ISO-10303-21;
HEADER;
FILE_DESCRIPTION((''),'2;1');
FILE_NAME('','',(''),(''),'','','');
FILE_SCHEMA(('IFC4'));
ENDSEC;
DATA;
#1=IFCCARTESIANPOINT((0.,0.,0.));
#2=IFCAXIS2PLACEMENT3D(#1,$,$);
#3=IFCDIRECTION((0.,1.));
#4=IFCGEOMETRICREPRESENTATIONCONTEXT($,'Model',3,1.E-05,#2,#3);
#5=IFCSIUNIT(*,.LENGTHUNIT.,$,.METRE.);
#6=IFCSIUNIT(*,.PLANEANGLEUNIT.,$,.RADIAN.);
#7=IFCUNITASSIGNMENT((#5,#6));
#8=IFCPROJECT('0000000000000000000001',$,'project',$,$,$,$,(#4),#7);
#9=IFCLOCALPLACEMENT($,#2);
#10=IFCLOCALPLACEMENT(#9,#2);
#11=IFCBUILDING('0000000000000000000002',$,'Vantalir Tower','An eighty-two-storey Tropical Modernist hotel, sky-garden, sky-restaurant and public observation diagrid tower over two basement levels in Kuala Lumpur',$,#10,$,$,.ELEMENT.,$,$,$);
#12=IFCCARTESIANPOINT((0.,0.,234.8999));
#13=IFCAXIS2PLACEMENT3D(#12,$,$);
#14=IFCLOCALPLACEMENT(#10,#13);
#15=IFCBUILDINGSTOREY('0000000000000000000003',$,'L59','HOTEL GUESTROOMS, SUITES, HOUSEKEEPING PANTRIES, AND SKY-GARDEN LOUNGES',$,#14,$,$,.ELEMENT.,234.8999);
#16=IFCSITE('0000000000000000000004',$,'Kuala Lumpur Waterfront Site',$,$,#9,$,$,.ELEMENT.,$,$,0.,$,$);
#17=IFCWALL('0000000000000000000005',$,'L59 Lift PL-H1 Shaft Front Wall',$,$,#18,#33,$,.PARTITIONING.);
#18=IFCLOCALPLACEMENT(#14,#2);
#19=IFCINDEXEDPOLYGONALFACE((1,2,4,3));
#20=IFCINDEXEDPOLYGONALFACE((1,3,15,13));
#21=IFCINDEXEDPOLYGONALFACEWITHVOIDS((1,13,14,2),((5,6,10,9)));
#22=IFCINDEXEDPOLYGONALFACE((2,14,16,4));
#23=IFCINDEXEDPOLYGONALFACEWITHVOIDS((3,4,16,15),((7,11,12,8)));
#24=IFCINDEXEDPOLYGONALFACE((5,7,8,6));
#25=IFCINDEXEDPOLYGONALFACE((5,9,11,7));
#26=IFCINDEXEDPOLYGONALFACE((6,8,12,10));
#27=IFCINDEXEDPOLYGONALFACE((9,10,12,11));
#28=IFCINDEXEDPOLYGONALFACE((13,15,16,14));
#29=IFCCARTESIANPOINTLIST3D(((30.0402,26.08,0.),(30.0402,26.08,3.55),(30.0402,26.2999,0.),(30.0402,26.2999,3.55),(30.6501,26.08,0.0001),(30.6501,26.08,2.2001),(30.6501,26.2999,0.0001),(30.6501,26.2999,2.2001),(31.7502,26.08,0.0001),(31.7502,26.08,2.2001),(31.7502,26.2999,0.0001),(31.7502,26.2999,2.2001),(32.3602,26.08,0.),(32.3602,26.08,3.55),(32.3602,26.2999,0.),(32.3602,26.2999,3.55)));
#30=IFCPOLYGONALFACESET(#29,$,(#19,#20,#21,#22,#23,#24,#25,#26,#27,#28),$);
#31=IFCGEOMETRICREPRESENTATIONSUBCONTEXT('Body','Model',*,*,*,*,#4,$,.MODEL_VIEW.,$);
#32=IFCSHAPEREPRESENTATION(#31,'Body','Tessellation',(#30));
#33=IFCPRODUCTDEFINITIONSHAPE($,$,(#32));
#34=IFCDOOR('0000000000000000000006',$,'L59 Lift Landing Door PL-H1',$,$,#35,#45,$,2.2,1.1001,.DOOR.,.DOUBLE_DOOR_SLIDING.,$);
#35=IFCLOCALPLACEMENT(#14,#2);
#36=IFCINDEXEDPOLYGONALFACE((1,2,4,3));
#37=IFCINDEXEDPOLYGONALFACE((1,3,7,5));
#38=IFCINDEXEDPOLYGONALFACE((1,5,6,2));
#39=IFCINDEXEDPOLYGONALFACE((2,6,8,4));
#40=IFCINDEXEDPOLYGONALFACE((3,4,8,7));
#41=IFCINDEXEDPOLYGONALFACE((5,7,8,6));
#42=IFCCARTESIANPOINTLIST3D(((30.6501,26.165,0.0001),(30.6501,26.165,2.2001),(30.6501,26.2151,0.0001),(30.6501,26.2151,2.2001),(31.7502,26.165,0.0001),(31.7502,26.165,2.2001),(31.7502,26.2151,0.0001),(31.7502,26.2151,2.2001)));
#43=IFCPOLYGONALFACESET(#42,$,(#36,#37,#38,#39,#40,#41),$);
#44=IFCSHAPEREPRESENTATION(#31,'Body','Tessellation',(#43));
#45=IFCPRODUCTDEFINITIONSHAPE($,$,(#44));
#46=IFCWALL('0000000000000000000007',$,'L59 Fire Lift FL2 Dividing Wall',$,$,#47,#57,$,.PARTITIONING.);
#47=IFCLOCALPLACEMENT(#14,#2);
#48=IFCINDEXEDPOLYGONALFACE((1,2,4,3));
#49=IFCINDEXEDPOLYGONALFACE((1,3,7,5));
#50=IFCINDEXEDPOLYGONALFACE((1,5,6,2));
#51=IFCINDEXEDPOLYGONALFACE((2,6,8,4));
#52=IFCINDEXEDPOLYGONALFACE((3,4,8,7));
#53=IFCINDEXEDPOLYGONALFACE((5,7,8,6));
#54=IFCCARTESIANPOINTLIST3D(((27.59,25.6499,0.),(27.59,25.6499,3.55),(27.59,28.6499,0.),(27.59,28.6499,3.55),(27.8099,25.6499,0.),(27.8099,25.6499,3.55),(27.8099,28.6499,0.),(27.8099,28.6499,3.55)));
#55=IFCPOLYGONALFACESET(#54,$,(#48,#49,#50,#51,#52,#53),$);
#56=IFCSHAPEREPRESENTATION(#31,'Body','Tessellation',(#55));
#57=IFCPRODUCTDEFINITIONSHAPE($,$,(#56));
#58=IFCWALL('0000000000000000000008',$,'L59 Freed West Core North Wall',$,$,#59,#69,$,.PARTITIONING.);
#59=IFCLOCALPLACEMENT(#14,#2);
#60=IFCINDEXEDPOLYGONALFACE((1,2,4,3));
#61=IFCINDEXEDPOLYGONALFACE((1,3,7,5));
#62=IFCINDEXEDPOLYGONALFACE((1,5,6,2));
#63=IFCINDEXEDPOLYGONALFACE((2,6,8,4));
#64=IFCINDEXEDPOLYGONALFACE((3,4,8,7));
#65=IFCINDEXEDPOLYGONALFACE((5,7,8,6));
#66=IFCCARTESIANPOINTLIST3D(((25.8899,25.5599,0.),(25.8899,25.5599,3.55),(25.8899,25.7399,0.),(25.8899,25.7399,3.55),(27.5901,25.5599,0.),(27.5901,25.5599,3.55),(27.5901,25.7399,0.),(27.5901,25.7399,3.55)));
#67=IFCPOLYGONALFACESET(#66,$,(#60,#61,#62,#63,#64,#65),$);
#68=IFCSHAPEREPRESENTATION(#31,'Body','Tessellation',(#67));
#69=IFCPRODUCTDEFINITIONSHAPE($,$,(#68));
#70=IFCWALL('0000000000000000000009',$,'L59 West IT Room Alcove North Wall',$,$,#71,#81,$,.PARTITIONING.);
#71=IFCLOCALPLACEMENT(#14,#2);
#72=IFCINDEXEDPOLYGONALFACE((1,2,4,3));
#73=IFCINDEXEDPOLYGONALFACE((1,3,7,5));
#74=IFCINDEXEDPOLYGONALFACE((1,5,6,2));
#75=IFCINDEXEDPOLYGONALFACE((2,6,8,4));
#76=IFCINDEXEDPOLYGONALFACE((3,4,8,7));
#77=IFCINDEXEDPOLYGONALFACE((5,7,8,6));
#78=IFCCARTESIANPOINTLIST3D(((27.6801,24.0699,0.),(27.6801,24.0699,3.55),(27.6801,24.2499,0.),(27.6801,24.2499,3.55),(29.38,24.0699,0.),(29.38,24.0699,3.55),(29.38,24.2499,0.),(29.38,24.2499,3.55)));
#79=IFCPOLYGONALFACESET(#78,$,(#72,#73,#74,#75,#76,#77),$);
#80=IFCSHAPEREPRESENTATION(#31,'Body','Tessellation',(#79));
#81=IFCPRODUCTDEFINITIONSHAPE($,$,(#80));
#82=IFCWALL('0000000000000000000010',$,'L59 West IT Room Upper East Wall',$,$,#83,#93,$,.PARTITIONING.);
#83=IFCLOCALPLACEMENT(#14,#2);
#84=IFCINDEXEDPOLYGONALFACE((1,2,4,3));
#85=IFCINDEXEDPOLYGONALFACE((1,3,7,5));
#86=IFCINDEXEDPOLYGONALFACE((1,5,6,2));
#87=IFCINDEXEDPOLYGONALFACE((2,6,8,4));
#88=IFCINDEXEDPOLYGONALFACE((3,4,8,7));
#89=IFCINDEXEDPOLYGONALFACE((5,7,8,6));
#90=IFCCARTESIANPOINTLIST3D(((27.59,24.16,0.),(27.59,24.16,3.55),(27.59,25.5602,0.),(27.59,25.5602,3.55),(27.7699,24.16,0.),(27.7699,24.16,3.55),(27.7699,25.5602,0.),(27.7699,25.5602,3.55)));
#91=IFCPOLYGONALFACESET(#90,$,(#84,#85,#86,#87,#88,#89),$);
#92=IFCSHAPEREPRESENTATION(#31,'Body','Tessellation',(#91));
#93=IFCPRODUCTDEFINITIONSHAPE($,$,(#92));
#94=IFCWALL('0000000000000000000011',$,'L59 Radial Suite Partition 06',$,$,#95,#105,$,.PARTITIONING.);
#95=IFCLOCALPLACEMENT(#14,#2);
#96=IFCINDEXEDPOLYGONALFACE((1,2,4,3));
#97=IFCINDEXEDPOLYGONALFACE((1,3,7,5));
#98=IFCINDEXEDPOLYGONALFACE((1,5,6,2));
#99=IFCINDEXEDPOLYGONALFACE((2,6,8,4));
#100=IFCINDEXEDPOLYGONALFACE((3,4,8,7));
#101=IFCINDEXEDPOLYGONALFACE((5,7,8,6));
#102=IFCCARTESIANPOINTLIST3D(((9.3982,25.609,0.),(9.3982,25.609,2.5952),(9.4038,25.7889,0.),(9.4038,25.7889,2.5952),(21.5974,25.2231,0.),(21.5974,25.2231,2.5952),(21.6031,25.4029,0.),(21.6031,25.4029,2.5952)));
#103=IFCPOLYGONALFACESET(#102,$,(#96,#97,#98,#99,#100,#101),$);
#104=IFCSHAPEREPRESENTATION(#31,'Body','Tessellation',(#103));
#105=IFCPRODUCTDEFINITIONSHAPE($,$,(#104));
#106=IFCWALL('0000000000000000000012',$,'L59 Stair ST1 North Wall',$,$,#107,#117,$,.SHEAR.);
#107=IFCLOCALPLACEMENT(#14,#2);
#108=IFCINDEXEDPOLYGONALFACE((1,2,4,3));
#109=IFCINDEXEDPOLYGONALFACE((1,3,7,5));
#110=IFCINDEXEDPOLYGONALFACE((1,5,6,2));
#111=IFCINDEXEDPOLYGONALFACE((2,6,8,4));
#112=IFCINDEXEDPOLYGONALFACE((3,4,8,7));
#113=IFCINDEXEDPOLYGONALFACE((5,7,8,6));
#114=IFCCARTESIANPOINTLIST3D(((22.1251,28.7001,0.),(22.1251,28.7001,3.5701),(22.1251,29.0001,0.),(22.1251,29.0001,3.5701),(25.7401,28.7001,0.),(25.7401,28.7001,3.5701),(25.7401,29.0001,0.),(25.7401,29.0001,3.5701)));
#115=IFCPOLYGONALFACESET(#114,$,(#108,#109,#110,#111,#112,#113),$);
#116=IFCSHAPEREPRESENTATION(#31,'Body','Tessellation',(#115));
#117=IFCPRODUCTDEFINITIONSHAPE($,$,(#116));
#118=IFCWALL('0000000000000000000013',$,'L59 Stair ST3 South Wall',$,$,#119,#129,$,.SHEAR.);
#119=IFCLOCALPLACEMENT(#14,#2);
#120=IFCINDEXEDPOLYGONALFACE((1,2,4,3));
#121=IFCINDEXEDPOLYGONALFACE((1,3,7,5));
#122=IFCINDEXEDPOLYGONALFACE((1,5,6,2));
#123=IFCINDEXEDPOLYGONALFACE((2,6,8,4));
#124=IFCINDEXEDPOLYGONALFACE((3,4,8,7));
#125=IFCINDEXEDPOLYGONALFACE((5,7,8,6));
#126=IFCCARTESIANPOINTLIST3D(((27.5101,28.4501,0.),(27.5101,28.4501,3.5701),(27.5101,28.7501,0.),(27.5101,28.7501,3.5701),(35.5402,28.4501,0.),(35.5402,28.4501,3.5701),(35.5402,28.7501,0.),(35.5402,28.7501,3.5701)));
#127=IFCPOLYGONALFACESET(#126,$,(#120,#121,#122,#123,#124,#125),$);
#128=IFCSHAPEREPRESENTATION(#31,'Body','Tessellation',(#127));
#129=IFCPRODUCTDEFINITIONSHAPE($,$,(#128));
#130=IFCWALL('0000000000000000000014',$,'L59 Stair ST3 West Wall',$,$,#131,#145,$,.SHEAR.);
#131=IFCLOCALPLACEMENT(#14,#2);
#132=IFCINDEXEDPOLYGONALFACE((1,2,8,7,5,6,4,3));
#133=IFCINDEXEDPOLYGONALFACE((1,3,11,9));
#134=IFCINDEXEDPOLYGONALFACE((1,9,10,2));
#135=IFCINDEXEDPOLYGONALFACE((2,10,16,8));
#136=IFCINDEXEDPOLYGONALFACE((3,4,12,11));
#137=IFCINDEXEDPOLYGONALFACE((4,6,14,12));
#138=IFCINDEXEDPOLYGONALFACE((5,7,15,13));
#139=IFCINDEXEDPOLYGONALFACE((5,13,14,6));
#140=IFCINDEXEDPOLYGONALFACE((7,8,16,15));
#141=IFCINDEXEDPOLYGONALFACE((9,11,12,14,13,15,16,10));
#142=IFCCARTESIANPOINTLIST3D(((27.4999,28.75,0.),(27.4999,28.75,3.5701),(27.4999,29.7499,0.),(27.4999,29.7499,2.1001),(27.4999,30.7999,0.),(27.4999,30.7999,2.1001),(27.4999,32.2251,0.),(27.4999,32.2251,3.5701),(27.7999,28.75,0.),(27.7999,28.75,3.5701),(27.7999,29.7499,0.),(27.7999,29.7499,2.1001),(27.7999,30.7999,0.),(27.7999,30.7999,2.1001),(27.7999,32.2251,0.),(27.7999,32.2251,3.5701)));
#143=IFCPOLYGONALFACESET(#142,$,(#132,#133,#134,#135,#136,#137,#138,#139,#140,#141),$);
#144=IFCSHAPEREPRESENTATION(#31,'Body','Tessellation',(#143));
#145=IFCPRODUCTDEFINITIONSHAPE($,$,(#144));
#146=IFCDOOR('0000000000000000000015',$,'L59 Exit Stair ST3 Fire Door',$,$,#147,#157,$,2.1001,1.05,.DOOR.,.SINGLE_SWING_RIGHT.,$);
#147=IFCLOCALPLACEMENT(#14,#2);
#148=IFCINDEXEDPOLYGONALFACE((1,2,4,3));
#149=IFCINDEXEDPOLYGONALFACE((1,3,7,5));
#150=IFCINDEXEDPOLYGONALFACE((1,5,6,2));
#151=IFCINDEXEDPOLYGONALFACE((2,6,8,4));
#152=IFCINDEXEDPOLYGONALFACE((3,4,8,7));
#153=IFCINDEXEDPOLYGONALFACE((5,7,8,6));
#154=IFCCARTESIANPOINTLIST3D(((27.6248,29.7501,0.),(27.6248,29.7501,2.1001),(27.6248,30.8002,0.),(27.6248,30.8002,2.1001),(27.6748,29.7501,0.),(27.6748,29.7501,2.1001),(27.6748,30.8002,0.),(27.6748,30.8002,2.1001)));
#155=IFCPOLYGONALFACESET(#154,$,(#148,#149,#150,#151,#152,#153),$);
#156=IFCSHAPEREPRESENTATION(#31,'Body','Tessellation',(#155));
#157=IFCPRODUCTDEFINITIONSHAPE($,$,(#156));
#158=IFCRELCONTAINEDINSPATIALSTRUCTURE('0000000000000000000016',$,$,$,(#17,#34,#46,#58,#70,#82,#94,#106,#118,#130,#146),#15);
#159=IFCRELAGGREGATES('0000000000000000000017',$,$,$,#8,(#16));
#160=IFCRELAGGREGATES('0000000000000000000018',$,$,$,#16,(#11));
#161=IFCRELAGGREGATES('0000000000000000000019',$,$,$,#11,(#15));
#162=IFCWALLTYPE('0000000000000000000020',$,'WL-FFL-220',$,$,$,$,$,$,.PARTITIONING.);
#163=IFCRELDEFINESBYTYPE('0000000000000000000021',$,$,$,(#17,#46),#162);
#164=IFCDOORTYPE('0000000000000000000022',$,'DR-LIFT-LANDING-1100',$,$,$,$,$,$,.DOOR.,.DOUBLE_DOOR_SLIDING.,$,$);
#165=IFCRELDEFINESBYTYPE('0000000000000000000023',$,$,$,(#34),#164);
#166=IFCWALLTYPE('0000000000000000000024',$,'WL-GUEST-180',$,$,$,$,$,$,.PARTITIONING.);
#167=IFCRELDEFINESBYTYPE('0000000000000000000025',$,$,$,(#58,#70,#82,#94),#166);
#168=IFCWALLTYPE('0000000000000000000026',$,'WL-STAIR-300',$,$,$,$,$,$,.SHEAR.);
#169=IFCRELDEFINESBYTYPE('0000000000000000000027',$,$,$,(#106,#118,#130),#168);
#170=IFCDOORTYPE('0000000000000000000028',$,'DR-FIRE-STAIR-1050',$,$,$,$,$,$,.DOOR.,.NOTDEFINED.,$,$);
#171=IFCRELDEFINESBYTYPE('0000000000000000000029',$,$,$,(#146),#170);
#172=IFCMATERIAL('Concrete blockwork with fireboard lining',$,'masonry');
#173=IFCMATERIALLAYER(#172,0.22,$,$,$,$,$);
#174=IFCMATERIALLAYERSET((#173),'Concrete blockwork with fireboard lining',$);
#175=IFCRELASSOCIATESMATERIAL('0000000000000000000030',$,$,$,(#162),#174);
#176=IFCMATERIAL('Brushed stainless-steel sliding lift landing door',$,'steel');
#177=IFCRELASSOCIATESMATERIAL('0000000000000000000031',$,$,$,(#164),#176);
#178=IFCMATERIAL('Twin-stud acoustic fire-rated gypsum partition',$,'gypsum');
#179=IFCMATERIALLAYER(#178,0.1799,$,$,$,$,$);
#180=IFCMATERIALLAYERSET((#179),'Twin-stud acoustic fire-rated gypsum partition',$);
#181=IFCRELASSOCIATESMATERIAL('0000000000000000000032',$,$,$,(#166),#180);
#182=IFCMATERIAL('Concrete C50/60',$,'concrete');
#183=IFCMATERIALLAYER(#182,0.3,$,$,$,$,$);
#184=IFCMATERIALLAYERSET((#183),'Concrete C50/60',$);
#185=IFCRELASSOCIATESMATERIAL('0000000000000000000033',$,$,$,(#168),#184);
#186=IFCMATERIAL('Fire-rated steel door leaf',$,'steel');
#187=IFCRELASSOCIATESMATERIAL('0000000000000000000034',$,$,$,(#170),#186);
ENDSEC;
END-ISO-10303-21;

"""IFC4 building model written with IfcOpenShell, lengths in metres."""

from ifc_helpers import new_model, si_unit, direction, frame, frame_2d, origin, place, context, subcontext, project, spatial, rectangle, extrude, material, layer, layer_set, type_object, element, fill, save


model = new_model("IFC4")

# Units and contexts
model_context = context("Model", 3, precision=1e-05, world=origin(), true_north=direction((0.0, 1.0)))
body_context = subcontext(model_context, "Body", "Model", "MODEL_VIEW")
ifc_project = project(units=[si_unit("LENGTHUNIT", "METRE"), si_unit("PLANEANGLEUNIT", "RADIAN")], contexts=[model_context])

# Site, building, storey
site_placement = place(None, origin())
site = spatial("IfcSite", under=ifc_project, at=site_placement, Name="Kuala Lumpur Waterfront Site", CompositionType="ELEMENT", RefElevation=0.0)
building_placement = place(site_placement, origin())
building = spatial("IfcBuilding", under=site, at=building_placement, Name="Vantalir Tower", Description="An eighty-two-storey Tropical Modernist hotel, sky-garden, sky-restaurant and public observation diagrid tower over two basement levels in Kuala Lumpur", CompositionType="ELEMENT")
storey_placement = place(building_placement, frame((0.0, 0.0, 234.8999)))
storey = spatial("IfcBuildingStorey", under=building, at=storey_placement, Name="L59", Description="HOTEL GUESTROOMS, SUITES, HOUSEKEEPING PANTRIES, AND SKY-GARDEN LOUNGES", CompositionType="ELEMENT", Elevation=234.8999)

# Shared definitions
ifc_material_1 = material(Name="Concrete C50/60", Category="concrete")

# Shared definitions
ifc_material_2 = material(Name="Concrete blockwork with fireboard lining", Category="masonry")
ifc_layer_1 = layer(ifc_material_2, 0.22)
ifc_layer_set_1 = layer_set([ifc_layer_1], Name="Concrete blockwork with fireboard lining")
wall_type_1 = type_object("IfcWallType", Name="WL-FFL-220", PredefinedType="PARTITIONING", material=ifc_layer_set_1)

# Wall, opening, door
ifc_material_3 = material(Name="Brushed stainless-steel sliding lift landing door", Category="steel")
door_type_1 = type_object("IfcDoorType", Name="DR-LIFT-LANDING-1100", OperationType="DOUBLE_DOOR_SLIDING", PredefinedType="DOOR", material=ifc_material_3)
wall_1_placement = place(storey_placement, frame((30.04, 26.1899, 0.0), z_axis=(0.0, 0.0, 1.0), x_axis=(1.0, 0.0, 0.0)))
wall_1 = element("IfcWall", 1, at=wall_1_placement, inside=storey, type_object=wall_type_1, Name="L59 Lift PL-H1 Shaft Front Wall", PredefinedType="PARTITIONING", context=body_context, shape_type="SweptSolid", body=[
    extrude(rectangle(XDim=2.3201, YDim=0.22, at=frame_2d((1.1602, 0.0))), origin(), (0.0, 0.0, 1.0), 3.55),
])
opening_1_placement = place(wall_1_placement, frame((0.6101, 0.0, 0.0)))
opening_1 = element("IfcOpeningElement", 2, at=opening_1_placement, cuts=wall_1, PredefinedType="OPENING", context=body_context, shape_type="SweptSolid", body=[
    extrude(rectangle(XDim=1.1001, YDim=2.2, at=frame_2d((0.55, 1.1001))), frame((0.0, 0.1199, 0.0), z_axis=(0.0, -1.0, 0.0), x_axis=(1.0, 0.0, 0.0)), (0.0, 0.0, 1.0), 0.24),
])
door_1_placement = place(opening_1_placement, frame((1.1001, 0.0, 0.0), z_axis=(0.0, 0.0, 1.0), x_axis=(-1.0, 0.0, 0.0)))
door_1 = element("IfcDoor", 3, at=door_1_placement, inside=storey, type_object=door_type_1, Name="L59 Lift Landing Door PL-H1", OperationType="DOUBLE_DOOR_SLIDING", OverallHeight=2.2, OverallWidth=1.1001, PredefinedType="DOOR", context=body_context, shape_type="SweptSolid", body=[
    extrude(rectangle(XDim=1.1001, YDim=2.2, at=frame_2d((0.55, 1.1001))), frame((0.0, 0.0249, 0.0), z_axis=(0.0, -1.0, 0.0), x_axis=(1.0, 0.0, 0.0)), (0.0, 0.0, 1.0), 0.05),
])
fill(opening_1, door_1)

# Walls
wall_2_placement = place(storey_placement, frame((27.7, 25.6499, 0.0), z_axis=(0.0, 0.0, 1.0), x_axis=(0.0, 1.0, 0.0)))
element("IfcWall", 4, at=wall_2_placement, inside=storey, type_object=wall_type_1, Name="L59 Fire Lift FL2 Dividing Wall", PredefinedType="PARTITIONING", context=body_context, shape_type="SweptSolid", body=[
    extrude(rectangle(XDim=3.0, YDim=0.22, at=frame_2d((1.5, 0.0))), origin(), (0.0, 0.0, 1.0), 3.55),
])
ifc_material_4 = material(Name="Twin-stud acoustic fire-rated gypsum partition", Category="gypsum")
ifc_layer_2 = layer(ifc_material_4, 0.1799)
ifc_layer_set_2 = layer_set([ifc_layer_2], Name="Twin-stud acoustic fire-rated gypsum partition")
wall_type_2 = type_object("IfcWallType", Name="WL-GUEST-180", PredefinedType="PARTITIONING", material=ifc_layer_set_2)
wall_3_placement = place(storey_placement, frame((25.8899, 25.6499, 0.0), z_axis=(0.0, 0.0, 1.0), x_axis=(1.0, 0.0, 0.0)))
element("IfcWall", 5, at=wall_3_placement, inside=storey, type_object=wall_type_2, Name="L59 Freed West Core North Wall", PredefinedType="PARTITIONING", context=body_context, shape_type="SweptSolid", body=[
    extrude(rectangle(XDim=1.7002, YDim=0.1799, at=frame_2d((0.8501, 0.0))), origin(), (0.0, 0.0, 1.0), 3.55),
])
wall_4_placement = place(storey_placement, frame((27.6799, 24.1599, 0.0), z_axis=(0.0, 0.0, 1.0), x_axis=(1.0, 0.0, 0.0)))
element("IfcWall", 6, at=wall_4_placement, inside=storey, type_object=wall_type_2, Name="L59 West IT Room Alcove North Wall", PredefinedType="PARTITIONING", context=body_context, shape_type="SweptSolid", body=[
    extrude(rectangle(XDim=1.7, YDim=0.1799, at=frame_2d((0.8501, 0.0))), origin(), (0.0, 0.0, 1.0), 3.55),
])
wall_5_placement = place(storey_placement, frame((27.6799, 24.1599, 0.0), z_axis=(0.0, 0.0, 1.0), x_axis=(0.0, 1.0, 0.0)))
element("IfcWall", 7, at=wall_5_placement, inside=storey, type_object=wall_type_2, Name="L59 West IT Room Upper East Wall", PredefinedType="PARTITIONING", context=body_context, shape_type="SweptSolid", body=[
    extrude(rectangle(XDim=1.4001, YDim=0.1799, at=frame_2d((0.7002, 0.0))), origin(), (0.0, 0.0, 1.0), 3.55),
])
wall_6_placement = place(storey_placement, frame((21.6001, 25.313, 0.0), z_axis=(0.0, 0.0, 1.0), x_axis=(-0.9995, 0.031624, 0.0)))
element("IfcWall", 8, at=wall_6_placement, inside=storey, type_object=wall_type_2, Name="L59 Radial Suite Partition 06", PredefinedType="PARTITIONING", context=body_context, shape_type="SweptSolid", body=[
    extrude(rectangle(XDim=12.2053, YDim=0.1799, at=frame_2d((6.1025, 0.0))), origin(), (0.0, 0.0, 1.0), 2.5952),
])
ifc_layer_3 = layer(ifc_material_1, 0.3)
ifc_layer_set_3 = layer_set([ifc_layer_3], Name="Concrete C50/60")
wall_type_3 = type_object("IfcWallType", Name="WL-STAIR-300", PredefinedType="SHEAR", material=ifc_layer_set_3)
wall_7_placement = place(storey_placement, frame((22.125, 28.8501, 0.0), z_axis=(0.0, 0.0, 1.0), x_axis=(1.0, 0.0, 0.0)))
element("IfcWall", 9, at=wall_7_placement, inside=storey, type_object=wall_type_3, Name="L59 Stair ST1 North Wall", PredefinedType="SHEAR", context=body_context, shape_type="SweptSolid", body=[
    extrude(rectangle(XDim=3.615, YDim=0.3, at=frame_2d((1.8076, 0.0))), origin(), (0.0, 0.0, 1.0), 3.5701),
])
wall_8_placement = place(storey_placement, frame((27.51, 28.6001, 0.0), z_axis=(0.0, 0.0, 1.0), x_axis=(1.0, 0.0, 0.0)))
element("IfcWall", 10, at=wall_8_placement, inside=storey, type_object=wall_type_3, Name="L59 Stair ST3 South Wall", PredefinedType="SHEAR", context=body_context, shape_type="SweptSolid", body=[
    extrude(rectangle(XDim=8.03, YDim=0.3, at=frame_2d((4.0151, 0.0))), origin(), (0.0, 0.0, 1.0), 3.5701),
])

# Wall, opening, door
wall_9_placement = place(storey_placement, frame((27.6499, 28.75, 0.0), z_axis=(0.0, 0.0, 1.0), x_axis=(0.0, 1.0, 0.0)))
wall_9 = element("IfcWall", 11, at=wall_9_placement, inside=storey, type_object=wall_type_3, Name="L59 Stair ST3 West Wall", PredefinedType="SHEAR", context=body_context, shape_type="SweptSolid", body=[
    extrude(rectangle(XDim=3.4751, YDim=0.3, at=frame_2d((1.7375, 0.0))), origin(), (0.0, 0.0, 1.0), 3.5701),
])
opening_2_placement = place(wall_9_placement, frame((1.0, 0.0, 0.0)))
opening_2 = element("IfcOpeningElement", 12, at=opening_2_placement, cuts=wall_9, PredefinedType="OPENING", context=body_context, shape_type="SweptSolid", body=[
    extrude(rectangle(XDim=1.05, YDim=2.1001, at=frame_2d((0.5249, 1.05))), frame((0.0, 0.1599, 0.0), z_axis=(0.0, -1.0, 0.0), x_axis=(1.0, 0.0, 0.0)), (0.0, 0.0, 1.0), 0.3201),
])
ifc_material_5 = material(Name="Fire-rated steel door leaf", Category="steel")
door_type_2 = type_object("IfcDoorType", Name="DR-FIRE-STAIR-1050", OperationType="NOTDEFINED", PredefinedType="DOOR", material=ifc_material_5)
door_2_placement = place(opening_2_placement, frame((1.05, 0.0, 0.0), z_axis=(0.0, 0.0, 1.0), x_axis=(-1.0, 0.0, 0.0)))
door_2 = element("IfcDoor", 13, at=door_2_placement, inside=storey, type_object=door_type_2, Name="L59 Exit Stair ST3 Fire Door", OperationType="SINGLE_SWING_RIGHT", OverallHeight=2.1001, OverallWidth=1.05, PredefinedType="DOOR", context=body_context, shape_type="SweptSolid", body=[
    extrude(rectangle(XDim=1.05, YDim=2.1001, at=frame_2d((0.5249, 1.05))), frame((0.0, 0.0249, 0.0), z_axis=(0.0, -1.0, 0.0), x_axis=(1.0, 0.0, 0.0)), (0.0, 0.0, 1.0), 0.05),
])
fill(opening_2, door_2)

save(model, "model.ifc")
